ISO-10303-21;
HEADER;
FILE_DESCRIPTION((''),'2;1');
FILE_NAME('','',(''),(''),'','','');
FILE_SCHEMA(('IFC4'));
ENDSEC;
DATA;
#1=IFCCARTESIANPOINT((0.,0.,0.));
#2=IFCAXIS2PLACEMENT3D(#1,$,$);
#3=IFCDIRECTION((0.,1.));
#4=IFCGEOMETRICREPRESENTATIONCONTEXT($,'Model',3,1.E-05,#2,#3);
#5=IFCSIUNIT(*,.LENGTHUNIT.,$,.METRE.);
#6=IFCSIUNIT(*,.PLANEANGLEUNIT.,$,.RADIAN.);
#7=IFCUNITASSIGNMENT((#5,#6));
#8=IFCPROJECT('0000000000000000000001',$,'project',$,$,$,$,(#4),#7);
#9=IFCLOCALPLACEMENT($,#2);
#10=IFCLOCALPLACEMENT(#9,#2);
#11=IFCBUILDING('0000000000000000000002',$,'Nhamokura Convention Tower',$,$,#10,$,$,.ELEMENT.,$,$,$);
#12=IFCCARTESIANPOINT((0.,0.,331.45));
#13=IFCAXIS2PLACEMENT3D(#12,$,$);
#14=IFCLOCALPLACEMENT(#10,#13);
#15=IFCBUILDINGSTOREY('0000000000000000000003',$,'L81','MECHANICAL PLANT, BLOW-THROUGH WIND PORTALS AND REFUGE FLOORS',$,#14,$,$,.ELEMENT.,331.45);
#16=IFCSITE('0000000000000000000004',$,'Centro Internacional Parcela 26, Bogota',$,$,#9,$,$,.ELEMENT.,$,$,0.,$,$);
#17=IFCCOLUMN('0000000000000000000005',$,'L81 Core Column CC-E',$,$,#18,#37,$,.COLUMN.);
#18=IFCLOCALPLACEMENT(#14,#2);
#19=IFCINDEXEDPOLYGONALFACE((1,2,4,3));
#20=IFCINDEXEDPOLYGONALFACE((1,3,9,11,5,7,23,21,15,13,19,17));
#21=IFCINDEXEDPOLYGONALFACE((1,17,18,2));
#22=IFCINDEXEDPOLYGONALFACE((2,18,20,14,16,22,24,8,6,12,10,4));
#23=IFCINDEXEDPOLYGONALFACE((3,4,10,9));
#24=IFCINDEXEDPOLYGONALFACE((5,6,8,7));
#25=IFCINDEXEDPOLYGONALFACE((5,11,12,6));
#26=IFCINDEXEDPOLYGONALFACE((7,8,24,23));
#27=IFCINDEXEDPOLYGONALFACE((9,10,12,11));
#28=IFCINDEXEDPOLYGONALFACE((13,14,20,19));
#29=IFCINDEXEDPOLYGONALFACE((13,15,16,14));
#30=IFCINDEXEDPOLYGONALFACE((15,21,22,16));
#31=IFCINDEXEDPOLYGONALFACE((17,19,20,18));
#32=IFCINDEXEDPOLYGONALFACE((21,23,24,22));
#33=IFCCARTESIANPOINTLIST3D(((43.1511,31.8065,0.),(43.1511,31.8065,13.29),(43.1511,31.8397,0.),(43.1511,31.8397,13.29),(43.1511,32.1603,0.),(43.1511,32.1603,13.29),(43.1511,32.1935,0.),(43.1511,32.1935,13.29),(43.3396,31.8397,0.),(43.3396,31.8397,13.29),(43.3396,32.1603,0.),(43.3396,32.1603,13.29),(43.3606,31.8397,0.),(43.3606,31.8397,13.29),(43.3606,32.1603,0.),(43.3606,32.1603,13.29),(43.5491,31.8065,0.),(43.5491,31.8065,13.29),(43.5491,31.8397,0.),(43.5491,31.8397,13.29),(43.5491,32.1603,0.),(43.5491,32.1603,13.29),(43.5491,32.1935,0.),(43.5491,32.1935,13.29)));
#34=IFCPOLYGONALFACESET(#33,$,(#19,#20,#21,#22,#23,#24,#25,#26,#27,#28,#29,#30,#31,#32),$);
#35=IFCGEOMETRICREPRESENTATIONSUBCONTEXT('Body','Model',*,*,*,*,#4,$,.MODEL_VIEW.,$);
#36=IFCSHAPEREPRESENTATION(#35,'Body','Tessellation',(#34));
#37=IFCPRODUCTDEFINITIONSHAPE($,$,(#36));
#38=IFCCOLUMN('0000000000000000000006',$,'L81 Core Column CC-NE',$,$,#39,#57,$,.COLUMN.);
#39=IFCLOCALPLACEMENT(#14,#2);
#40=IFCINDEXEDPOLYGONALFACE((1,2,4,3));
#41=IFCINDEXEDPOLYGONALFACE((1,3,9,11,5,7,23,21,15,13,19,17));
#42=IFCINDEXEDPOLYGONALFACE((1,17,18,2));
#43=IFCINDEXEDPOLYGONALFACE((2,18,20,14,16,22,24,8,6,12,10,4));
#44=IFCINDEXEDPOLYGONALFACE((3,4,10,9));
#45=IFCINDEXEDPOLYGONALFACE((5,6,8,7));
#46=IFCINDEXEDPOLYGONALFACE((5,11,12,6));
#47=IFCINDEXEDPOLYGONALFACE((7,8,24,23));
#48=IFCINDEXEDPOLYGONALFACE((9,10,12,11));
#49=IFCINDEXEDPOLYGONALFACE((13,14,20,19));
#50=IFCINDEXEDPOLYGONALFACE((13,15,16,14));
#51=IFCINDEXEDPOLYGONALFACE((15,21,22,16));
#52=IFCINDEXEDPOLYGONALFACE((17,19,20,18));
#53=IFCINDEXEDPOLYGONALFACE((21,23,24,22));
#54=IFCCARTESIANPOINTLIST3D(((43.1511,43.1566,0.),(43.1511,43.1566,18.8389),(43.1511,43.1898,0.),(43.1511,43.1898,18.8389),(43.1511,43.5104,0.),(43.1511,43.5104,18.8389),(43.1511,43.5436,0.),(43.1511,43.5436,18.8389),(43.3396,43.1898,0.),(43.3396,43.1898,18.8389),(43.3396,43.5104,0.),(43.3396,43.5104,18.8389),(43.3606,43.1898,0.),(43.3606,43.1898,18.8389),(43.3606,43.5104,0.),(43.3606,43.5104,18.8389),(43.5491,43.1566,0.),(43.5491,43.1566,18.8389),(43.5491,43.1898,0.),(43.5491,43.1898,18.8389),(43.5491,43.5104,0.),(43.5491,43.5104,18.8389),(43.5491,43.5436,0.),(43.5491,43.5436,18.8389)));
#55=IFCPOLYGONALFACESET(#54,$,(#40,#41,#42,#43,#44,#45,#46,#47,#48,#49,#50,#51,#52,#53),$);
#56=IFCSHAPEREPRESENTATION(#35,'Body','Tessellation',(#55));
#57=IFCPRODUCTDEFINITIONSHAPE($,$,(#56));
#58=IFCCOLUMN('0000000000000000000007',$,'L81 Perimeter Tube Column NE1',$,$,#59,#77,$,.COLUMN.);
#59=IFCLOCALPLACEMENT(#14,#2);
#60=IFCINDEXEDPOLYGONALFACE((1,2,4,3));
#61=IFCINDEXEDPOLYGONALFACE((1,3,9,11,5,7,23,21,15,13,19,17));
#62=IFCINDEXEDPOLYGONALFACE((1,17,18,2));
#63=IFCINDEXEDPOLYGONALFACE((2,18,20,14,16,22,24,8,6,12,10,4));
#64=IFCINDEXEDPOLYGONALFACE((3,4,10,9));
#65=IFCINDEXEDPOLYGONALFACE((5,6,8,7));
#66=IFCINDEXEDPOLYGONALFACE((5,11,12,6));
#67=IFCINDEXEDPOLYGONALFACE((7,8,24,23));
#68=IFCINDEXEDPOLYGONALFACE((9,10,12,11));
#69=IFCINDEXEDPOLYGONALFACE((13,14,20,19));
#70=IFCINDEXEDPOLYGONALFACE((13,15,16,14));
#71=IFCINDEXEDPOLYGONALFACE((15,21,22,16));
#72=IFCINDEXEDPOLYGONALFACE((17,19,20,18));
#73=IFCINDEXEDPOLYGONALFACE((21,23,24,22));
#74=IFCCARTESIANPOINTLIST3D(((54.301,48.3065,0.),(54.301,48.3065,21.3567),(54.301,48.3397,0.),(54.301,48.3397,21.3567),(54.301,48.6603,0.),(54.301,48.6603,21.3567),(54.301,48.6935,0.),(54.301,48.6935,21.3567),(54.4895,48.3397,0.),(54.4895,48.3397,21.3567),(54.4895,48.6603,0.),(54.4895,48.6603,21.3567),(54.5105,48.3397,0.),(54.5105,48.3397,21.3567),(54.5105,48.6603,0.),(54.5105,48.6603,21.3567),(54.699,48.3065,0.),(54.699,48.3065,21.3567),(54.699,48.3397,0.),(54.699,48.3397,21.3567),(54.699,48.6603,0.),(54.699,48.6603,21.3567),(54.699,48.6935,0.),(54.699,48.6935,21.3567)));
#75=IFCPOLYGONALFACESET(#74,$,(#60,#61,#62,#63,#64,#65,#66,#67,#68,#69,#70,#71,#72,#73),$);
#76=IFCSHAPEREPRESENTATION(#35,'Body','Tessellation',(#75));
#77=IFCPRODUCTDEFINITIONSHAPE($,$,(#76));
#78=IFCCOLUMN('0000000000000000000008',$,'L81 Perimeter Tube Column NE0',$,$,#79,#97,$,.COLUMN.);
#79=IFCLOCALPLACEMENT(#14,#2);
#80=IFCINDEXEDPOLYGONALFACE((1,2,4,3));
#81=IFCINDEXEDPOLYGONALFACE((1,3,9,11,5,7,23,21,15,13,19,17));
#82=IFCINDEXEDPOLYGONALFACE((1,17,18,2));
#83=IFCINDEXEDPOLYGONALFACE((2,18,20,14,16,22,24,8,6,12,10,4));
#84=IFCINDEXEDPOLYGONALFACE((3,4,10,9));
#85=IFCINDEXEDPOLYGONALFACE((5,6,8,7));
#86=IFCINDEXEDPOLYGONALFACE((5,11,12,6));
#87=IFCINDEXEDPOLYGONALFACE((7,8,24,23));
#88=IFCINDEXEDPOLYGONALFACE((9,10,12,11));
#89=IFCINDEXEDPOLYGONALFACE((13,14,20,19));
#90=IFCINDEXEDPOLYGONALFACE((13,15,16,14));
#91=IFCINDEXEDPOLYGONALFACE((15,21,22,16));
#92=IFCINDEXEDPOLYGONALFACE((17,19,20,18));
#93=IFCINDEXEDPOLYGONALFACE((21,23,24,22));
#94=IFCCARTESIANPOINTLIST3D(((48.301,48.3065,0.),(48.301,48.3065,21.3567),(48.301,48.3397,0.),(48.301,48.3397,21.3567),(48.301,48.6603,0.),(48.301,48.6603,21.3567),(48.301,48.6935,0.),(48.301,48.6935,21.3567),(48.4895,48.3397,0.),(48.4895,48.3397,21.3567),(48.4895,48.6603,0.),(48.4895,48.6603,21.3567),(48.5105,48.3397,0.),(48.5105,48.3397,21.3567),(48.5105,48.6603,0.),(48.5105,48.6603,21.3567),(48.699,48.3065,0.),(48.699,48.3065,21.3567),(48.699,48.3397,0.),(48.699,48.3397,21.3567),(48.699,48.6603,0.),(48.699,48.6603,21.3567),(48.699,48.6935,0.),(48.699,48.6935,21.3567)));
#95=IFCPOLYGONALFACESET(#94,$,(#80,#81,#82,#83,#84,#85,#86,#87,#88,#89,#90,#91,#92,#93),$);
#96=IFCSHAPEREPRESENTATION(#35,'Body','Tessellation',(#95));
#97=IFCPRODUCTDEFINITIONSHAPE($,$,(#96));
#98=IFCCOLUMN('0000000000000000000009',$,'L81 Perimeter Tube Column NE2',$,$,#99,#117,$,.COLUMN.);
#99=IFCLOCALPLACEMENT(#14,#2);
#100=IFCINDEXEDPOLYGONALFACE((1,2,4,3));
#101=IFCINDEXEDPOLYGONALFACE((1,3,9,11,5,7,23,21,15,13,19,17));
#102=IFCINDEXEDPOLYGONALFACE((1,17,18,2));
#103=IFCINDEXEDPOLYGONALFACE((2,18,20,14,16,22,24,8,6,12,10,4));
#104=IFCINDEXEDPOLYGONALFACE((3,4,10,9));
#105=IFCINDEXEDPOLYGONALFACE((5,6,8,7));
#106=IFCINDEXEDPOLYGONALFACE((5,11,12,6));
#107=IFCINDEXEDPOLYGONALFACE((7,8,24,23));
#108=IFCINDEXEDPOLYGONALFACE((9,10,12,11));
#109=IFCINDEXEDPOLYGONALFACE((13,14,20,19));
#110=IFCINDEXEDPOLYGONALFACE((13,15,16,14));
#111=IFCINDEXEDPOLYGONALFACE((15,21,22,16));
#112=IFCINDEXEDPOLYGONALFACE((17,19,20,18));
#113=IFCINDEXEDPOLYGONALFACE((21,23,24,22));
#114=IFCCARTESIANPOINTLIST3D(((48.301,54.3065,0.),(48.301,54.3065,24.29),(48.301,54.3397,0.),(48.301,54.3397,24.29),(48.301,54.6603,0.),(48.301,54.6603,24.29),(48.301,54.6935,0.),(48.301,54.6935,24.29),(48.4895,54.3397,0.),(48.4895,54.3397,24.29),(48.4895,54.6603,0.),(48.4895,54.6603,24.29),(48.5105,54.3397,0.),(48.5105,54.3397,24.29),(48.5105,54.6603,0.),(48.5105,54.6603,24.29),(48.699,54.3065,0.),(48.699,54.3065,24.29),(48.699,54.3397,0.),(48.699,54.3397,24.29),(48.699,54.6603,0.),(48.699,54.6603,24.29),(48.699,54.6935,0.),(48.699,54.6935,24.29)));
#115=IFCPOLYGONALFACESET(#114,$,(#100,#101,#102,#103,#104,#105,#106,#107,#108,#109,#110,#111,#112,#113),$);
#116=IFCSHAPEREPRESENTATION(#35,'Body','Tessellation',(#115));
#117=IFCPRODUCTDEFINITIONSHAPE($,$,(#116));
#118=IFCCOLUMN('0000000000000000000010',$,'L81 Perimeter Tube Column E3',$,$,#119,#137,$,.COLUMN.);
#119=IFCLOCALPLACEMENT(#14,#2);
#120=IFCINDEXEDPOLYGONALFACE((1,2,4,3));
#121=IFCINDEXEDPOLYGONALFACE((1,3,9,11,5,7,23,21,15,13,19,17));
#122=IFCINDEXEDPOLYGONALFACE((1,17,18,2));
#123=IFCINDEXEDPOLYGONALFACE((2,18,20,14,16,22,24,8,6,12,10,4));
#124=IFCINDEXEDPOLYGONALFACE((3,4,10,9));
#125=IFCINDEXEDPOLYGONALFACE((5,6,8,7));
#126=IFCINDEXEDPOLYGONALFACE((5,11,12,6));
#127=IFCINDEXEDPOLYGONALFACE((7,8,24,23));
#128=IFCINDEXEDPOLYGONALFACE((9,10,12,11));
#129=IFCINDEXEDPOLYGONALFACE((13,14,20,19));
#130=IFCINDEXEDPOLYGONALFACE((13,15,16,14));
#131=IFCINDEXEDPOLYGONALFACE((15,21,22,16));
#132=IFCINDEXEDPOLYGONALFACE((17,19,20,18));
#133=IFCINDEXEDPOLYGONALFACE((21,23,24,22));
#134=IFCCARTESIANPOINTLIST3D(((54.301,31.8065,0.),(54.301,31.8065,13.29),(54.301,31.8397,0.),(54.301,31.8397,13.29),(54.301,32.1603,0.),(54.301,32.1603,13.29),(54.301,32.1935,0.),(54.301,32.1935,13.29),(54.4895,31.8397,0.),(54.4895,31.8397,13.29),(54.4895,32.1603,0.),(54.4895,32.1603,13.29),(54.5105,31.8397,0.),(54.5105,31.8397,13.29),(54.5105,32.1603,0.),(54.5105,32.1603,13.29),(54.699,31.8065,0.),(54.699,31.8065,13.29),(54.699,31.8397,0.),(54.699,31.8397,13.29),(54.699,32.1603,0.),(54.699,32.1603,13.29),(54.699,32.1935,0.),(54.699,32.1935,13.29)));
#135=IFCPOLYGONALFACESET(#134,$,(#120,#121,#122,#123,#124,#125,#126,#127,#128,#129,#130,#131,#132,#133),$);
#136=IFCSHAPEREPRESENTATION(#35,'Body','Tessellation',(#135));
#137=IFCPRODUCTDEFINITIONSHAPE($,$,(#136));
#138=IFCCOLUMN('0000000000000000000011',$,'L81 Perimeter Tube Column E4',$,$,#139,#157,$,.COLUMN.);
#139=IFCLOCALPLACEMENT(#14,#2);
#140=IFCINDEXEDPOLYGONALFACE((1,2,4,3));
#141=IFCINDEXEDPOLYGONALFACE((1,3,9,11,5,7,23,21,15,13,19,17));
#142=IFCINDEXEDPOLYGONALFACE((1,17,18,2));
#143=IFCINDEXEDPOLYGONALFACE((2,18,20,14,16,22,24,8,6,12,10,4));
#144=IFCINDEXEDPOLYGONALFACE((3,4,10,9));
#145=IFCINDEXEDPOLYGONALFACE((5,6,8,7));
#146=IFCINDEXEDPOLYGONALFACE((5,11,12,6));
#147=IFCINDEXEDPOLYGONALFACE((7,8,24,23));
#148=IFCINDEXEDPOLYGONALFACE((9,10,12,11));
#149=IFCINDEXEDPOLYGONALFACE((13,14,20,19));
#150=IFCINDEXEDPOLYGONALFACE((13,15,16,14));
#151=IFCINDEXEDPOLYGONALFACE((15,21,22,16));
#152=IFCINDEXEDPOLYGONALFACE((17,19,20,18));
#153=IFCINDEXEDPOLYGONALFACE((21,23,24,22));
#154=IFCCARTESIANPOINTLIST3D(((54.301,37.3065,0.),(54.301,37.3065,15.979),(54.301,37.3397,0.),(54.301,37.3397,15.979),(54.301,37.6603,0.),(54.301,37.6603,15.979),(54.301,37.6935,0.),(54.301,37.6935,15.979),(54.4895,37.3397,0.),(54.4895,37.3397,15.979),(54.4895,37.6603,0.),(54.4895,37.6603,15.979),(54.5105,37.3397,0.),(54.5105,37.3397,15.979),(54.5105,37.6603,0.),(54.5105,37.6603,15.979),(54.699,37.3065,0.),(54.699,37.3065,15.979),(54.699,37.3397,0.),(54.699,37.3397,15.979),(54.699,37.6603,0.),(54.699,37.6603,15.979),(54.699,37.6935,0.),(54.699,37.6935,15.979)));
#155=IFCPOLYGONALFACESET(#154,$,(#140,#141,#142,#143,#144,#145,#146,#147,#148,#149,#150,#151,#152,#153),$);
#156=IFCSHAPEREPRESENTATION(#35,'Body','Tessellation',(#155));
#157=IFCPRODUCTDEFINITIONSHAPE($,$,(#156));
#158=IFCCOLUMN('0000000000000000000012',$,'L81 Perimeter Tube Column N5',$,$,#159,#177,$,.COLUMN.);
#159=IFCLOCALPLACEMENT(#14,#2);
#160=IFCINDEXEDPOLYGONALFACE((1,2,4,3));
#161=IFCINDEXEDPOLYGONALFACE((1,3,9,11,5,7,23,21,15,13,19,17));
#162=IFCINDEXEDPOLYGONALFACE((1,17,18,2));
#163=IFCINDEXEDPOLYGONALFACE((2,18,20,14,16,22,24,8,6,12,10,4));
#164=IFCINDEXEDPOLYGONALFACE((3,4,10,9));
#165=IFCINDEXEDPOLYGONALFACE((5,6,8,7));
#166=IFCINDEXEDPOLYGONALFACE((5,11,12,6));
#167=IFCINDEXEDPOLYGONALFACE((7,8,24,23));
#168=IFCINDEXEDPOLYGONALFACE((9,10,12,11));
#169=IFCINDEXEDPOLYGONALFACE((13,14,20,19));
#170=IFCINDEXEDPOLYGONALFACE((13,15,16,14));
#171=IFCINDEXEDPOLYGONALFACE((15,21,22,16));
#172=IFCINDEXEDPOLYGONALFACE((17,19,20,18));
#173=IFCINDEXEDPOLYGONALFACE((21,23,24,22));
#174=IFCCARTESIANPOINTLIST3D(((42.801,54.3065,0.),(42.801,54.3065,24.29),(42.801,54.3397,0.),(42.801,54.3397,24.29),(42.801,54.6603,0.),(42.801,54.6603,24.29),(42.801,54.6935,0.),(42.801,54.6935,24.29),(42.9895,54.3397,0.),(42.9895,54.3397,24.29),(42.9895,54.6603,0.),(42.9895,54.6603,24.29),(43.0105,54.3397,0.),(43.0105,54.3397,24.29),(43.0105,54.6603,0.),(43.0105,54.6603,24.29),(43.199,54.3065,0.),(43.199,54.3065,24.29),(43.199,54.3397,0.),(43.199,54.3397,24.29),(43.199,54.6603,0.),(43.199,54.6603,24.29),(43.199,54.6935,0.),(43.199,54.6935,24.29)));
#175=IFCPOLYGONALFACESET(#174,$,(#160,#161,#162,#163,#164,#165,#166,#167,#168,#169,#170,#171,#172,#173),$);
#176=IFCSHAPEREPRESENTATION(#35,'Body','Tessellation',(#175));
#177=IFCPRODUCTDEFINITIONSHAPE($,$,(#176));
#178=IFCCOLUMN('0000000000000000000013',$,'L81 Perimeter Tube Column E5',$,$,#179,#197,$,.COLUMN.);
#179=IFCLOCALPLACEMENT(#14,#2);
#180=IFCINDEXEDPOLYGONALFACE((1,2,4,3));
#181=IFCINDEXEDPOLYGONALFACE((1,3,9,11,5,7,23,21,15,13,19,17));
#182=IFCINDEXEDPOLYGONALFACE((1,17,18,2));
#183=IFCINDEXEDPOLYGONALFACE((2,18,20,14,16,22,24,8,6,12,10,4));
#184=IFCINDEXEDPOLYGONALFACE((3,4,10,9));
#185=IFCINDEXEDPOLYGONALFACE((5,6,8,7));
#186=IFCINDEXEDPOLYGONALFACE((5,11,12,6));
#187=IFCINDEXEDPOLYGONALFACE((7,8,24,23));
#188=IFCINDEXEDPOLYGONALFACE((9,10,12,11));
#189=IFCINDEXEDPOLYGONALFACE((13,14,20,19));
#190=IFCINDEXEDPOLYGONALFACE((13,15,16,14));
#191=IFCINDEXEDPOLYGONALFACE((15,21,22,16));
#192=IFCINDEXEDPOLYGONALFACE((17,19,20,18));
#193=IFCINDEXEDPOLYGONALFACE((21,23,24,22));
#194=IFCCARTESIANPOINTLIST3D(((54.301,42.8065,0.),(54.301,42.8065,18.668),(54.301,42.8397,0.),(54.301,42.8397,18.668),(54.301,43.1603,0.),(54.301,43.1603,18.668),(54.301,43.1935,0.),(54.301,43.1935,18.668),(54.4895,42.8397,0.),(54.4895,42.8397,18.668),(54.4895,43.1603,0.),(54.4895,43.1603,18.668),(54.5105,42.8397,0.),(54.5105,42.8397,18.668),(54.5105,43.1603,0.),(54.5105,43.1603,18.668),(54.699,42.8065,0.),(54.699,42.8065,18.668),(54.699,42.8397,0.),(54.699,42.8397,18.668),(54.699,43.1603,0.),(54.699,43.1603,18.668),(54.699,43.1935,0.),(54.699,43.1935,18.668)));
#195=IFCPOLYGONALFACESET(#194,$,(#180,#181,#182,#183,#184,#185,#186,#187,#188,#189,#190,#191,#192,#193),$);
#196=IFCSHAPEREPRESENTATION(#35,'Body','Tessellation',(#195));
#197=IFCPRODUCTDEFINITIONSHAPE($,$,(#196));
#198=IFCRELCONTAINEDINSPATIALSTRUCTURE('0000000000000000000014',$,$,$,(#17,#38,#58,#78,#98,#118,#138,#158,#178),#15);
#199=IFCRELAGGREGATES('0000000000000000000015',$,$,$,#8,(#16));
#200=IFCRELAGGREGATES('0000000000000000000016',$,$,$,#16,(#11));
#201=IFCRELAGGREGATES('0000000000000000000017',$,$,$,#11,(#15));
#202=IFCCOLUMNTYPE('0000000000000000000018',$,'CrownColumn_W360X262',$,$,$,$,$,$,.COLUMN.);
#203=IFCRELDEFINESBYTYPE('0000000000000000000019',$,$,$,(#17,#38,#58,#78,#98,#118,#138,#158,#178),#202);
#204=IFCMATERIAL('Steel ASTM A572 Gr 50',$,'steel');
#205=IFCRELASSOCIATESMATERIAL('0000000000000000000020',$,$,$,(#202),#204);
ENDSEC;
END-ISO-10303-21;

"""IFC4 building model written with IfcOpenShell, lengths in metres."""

from ifc_helpers import new_model, si_unit, direction, frame, origin, origin_2d, place, context, subcontext, project, spatial, i_section, extrude, material, material_profile, profile_set, type_object, element, save


model = new_model("IFC4")

# Units and contexts
model_context = context("Model", 3, precision=1e-05, world=origin(), true_north=direction((0.0, 1.0)))
body_context = subcontext(model_context, "Body", "Model", "MODEL_VIEW")
ifc_project = project(units=[si_unit("LENGTHUNIT", "METRE"), si_unit("PLANEANGLEUNIT", "RADIAN")], contexts=[model_context])

# Site, building, storey
site_placement = place(None, origin())
site = spatial("IfcSite", under=ifc_project, at=site_placement, Name="Centro Internacional Parcela 26, Bogota", CompositionType="ELEMENT", RefElevation=0.0)
building_placement = place(site_placement, origin())
building = spatial("IfcBuilding", under=site, at=building_placement, Name="Nhamokura Convention Tower", CompositionType="ELEMENT")
storey_placement = place(building_placement, frame((0.0, 0.0, 331.45)))
storey = spatial("IfcBuildingStorey", under=building, at=storey_placement, Name="L81", Description="MECHANICAL PLANT, BLOW-THROUGH WIND PORTALS AND REFUGE FLOORS", CompositionType="ELEMENT", Elevation=331.45)

# Columns
ifc_material_1 = material(Name="Steel ASTM A572 Gr 50", Category="steel")
ifc_material_profile = material_profile(ifc_material_1, i_section(OverallWidth=0.3979, OverallDepth=0.387, WebThickness=0.021, FlangeThickness=0.0332, at=origin_2d()))
ifc_profile_set = profile_set([ifc_material_profile], Name="Steel ASTM A572 Gr 50")
column_type = type_object("IfcColumnType", Name="CrownColumn_W360X262", PredefinedType="COLUMN", material=ifc_profile_set)
column_1_placement = place(storey_placement, frame((43.3501, 32.0, 0.0), z_axis=(0.0, 0.0, 1.0), x_axis=(1.0, 0.0, 0.0)))
element("IfcColumn", 1, at=column_1_placement, inside=storey, type_object=column_type, Name="L81 Core Column CC-E", PredefinedType="COLUMN", context=body_context, shape_type="SweptSolid", body=[
    extrude(i_section(OverallWidth=0.3979, OverallDepth=0.387, WebThickness=0.021, FlangeThickness=0.0332, at=origin_2d()), origin(), (0.0, 0.0, 1.0), 13.29),
])
column_2_placement = place(storey_placement, frame((43.3501, 43.3501, 0.0), z_axis=(0.0, 0.0, 1.0), x_axis=(1.0, 0.0, 0.0)))
element("IfcColumn", 2, at=column_2_placement, inside=storey, type_object=column_type, Name="L81 Core Column CC-NE", PredefinedType="COLUMN", context=body_context, shape_type="SweptSolid", body=[
    extrude(i_section(OverallWidth=0.3979, OverallDepth=0.387, WebThickness=0.021, FlangeThickness=0.0332, at=origin_2d()), origin(), (0.0, 0.0, 1.0), 18.8389),
])
for number, where, z_axis, x_axis, name in (
    (3, (54.5, 48.5, 0.0), (0.0, 0.0, 1.0), (1.0, 0.0, 0.0), "L81 Perimeter Tube Column NE1"),
    (4, (48.5, 48.5, 0.0), (0.0, 0.0, 1.0), (1.0, 0.0, 0.0), "L81 Perimeter Tube Column NE0"),
):
    element("IfcColumn", number, at=place(storey_placement, frame(where, z_axis=z_axis, x_axis=x_axis)), inside=storey, type_object=column_type, Name=name, PredefinedType="COLUMN", context=body_context, shape_type="SweptSolid", body=[
        extrude(i_section(OverallWidth=0.3979, OverallDepth=0.387, WebThickness=0.021, FlangeThickness=0.0332, at=origin_2d()), origin(), (0.0, 0.0, 1.0), 21.3567),
    ])
column_3_placement = place(storey_placement, frame((48.5, 54.5, 0.0), z_axis=(0.0, 0.0, 1.0), x_axis=(1.0, 0.0, 0.0)))
element("IfcColumn", 5, at=column_3_placement, inside=storey, type_object=column_type, Name="L81 Perimeter Tube Column NE2", PredefinedType="COLUMN", context=body_context, shape_type="SweptSolid", body=[
    extrude(i_section(OverallWidth=0.3979, OverallDepth=0.387, WebThickness=0.021, FlangeThickness=0.0332, at=origin_2d()), origin(), (0.0, 0.0, 1.0), 24.29),
])
column_4_placement = place(storey_placement, frame((54.5, 32.0, 0.0), z_axis=(0.0, 0.0, 1.0), x_axis=(1.0, 0.0, 0.0)))
element("IfcColumn", 6, at=column_4_placement, inside=storey, type_object=column_type, Name="L81 Perimeter Tube Column E3", PredefinedType="COLUMN", context=body_context, shape_type="SweptSolid", body=[
    extrude(i_section(OverallWidth=0.3979, OverallDepth=0.387, WebThickness=0.021, FlangeThickness=0.0332, at=origin_2d()), origin(), (0.0, 0.0, 1.0), 13.29),
])
column_5_placement = place(storey_placement, frame((54.5, 37.5, 0.0), z_axis=(0.0, 0.0, 1.0), x_axis=(1.0, 0.0, 0.0)))
element("IfcColumn", 7, at=column_5_placement, inside=storey, type_object=column_type, Name="L81 Perimeter Tube Column E4", PredefinedType="COLUMN", context=body_context, shape_type="SweptSolid", body=[
    extrude(i_section(OverallWidth=0.3979, OverallDepth=0.387, WebThickness=0.021, FlangeThickness=0.0332, at=origin_2d()), origin(), (0.0, 0.0, 1.0), 15.979),
])
column_6_placement = place(storey_placement, frame((43.0, 54.5, 0.0), z_axis=(0.0, 0.0, 1.0), x_axis=(1.0, 0.0, 0.0)))
element("IfcColumn", 8, at=column_6_placement, inside=storey, type_object=column_type, Name="L81 Perimeter Tube Column N5", PredefinedType="COLUMN", context=body_context, shape_type="SweptSolid", body=[
    extrude(i_section(OverallWidth=0.3979, OverallDepth=0.387, WebThickness=0.021, FlangeThickness=0.0332, at=origin_2d()), origin(), (0.0, 0.0, 1.0), 24.29),
])
column_7_placement = place(storey_placement, frame((54.5, 43.0, 0.0), z_axis=(0.0, 0.0, 1.0), x_axis=(1.0, 0.0, 0.0)))
element("IfcColumn", 9, at=column_7_placement, inside=storey, type_object=column_type, Name="L81 Perimeter Tube Column E5", PredefinedType="COLUMN", context=body_context, shape_type="SweptSolid", body=[
    extrude(i_section(OverallWidth=0.3979, OverallDepth=0.387, WebThickness=0.021, FlangeThickness=0.0332, at=origin_2d()), origin(), (0.0, 0.0, 1.0), 18.668),
])

save(model, "model.ifc")
